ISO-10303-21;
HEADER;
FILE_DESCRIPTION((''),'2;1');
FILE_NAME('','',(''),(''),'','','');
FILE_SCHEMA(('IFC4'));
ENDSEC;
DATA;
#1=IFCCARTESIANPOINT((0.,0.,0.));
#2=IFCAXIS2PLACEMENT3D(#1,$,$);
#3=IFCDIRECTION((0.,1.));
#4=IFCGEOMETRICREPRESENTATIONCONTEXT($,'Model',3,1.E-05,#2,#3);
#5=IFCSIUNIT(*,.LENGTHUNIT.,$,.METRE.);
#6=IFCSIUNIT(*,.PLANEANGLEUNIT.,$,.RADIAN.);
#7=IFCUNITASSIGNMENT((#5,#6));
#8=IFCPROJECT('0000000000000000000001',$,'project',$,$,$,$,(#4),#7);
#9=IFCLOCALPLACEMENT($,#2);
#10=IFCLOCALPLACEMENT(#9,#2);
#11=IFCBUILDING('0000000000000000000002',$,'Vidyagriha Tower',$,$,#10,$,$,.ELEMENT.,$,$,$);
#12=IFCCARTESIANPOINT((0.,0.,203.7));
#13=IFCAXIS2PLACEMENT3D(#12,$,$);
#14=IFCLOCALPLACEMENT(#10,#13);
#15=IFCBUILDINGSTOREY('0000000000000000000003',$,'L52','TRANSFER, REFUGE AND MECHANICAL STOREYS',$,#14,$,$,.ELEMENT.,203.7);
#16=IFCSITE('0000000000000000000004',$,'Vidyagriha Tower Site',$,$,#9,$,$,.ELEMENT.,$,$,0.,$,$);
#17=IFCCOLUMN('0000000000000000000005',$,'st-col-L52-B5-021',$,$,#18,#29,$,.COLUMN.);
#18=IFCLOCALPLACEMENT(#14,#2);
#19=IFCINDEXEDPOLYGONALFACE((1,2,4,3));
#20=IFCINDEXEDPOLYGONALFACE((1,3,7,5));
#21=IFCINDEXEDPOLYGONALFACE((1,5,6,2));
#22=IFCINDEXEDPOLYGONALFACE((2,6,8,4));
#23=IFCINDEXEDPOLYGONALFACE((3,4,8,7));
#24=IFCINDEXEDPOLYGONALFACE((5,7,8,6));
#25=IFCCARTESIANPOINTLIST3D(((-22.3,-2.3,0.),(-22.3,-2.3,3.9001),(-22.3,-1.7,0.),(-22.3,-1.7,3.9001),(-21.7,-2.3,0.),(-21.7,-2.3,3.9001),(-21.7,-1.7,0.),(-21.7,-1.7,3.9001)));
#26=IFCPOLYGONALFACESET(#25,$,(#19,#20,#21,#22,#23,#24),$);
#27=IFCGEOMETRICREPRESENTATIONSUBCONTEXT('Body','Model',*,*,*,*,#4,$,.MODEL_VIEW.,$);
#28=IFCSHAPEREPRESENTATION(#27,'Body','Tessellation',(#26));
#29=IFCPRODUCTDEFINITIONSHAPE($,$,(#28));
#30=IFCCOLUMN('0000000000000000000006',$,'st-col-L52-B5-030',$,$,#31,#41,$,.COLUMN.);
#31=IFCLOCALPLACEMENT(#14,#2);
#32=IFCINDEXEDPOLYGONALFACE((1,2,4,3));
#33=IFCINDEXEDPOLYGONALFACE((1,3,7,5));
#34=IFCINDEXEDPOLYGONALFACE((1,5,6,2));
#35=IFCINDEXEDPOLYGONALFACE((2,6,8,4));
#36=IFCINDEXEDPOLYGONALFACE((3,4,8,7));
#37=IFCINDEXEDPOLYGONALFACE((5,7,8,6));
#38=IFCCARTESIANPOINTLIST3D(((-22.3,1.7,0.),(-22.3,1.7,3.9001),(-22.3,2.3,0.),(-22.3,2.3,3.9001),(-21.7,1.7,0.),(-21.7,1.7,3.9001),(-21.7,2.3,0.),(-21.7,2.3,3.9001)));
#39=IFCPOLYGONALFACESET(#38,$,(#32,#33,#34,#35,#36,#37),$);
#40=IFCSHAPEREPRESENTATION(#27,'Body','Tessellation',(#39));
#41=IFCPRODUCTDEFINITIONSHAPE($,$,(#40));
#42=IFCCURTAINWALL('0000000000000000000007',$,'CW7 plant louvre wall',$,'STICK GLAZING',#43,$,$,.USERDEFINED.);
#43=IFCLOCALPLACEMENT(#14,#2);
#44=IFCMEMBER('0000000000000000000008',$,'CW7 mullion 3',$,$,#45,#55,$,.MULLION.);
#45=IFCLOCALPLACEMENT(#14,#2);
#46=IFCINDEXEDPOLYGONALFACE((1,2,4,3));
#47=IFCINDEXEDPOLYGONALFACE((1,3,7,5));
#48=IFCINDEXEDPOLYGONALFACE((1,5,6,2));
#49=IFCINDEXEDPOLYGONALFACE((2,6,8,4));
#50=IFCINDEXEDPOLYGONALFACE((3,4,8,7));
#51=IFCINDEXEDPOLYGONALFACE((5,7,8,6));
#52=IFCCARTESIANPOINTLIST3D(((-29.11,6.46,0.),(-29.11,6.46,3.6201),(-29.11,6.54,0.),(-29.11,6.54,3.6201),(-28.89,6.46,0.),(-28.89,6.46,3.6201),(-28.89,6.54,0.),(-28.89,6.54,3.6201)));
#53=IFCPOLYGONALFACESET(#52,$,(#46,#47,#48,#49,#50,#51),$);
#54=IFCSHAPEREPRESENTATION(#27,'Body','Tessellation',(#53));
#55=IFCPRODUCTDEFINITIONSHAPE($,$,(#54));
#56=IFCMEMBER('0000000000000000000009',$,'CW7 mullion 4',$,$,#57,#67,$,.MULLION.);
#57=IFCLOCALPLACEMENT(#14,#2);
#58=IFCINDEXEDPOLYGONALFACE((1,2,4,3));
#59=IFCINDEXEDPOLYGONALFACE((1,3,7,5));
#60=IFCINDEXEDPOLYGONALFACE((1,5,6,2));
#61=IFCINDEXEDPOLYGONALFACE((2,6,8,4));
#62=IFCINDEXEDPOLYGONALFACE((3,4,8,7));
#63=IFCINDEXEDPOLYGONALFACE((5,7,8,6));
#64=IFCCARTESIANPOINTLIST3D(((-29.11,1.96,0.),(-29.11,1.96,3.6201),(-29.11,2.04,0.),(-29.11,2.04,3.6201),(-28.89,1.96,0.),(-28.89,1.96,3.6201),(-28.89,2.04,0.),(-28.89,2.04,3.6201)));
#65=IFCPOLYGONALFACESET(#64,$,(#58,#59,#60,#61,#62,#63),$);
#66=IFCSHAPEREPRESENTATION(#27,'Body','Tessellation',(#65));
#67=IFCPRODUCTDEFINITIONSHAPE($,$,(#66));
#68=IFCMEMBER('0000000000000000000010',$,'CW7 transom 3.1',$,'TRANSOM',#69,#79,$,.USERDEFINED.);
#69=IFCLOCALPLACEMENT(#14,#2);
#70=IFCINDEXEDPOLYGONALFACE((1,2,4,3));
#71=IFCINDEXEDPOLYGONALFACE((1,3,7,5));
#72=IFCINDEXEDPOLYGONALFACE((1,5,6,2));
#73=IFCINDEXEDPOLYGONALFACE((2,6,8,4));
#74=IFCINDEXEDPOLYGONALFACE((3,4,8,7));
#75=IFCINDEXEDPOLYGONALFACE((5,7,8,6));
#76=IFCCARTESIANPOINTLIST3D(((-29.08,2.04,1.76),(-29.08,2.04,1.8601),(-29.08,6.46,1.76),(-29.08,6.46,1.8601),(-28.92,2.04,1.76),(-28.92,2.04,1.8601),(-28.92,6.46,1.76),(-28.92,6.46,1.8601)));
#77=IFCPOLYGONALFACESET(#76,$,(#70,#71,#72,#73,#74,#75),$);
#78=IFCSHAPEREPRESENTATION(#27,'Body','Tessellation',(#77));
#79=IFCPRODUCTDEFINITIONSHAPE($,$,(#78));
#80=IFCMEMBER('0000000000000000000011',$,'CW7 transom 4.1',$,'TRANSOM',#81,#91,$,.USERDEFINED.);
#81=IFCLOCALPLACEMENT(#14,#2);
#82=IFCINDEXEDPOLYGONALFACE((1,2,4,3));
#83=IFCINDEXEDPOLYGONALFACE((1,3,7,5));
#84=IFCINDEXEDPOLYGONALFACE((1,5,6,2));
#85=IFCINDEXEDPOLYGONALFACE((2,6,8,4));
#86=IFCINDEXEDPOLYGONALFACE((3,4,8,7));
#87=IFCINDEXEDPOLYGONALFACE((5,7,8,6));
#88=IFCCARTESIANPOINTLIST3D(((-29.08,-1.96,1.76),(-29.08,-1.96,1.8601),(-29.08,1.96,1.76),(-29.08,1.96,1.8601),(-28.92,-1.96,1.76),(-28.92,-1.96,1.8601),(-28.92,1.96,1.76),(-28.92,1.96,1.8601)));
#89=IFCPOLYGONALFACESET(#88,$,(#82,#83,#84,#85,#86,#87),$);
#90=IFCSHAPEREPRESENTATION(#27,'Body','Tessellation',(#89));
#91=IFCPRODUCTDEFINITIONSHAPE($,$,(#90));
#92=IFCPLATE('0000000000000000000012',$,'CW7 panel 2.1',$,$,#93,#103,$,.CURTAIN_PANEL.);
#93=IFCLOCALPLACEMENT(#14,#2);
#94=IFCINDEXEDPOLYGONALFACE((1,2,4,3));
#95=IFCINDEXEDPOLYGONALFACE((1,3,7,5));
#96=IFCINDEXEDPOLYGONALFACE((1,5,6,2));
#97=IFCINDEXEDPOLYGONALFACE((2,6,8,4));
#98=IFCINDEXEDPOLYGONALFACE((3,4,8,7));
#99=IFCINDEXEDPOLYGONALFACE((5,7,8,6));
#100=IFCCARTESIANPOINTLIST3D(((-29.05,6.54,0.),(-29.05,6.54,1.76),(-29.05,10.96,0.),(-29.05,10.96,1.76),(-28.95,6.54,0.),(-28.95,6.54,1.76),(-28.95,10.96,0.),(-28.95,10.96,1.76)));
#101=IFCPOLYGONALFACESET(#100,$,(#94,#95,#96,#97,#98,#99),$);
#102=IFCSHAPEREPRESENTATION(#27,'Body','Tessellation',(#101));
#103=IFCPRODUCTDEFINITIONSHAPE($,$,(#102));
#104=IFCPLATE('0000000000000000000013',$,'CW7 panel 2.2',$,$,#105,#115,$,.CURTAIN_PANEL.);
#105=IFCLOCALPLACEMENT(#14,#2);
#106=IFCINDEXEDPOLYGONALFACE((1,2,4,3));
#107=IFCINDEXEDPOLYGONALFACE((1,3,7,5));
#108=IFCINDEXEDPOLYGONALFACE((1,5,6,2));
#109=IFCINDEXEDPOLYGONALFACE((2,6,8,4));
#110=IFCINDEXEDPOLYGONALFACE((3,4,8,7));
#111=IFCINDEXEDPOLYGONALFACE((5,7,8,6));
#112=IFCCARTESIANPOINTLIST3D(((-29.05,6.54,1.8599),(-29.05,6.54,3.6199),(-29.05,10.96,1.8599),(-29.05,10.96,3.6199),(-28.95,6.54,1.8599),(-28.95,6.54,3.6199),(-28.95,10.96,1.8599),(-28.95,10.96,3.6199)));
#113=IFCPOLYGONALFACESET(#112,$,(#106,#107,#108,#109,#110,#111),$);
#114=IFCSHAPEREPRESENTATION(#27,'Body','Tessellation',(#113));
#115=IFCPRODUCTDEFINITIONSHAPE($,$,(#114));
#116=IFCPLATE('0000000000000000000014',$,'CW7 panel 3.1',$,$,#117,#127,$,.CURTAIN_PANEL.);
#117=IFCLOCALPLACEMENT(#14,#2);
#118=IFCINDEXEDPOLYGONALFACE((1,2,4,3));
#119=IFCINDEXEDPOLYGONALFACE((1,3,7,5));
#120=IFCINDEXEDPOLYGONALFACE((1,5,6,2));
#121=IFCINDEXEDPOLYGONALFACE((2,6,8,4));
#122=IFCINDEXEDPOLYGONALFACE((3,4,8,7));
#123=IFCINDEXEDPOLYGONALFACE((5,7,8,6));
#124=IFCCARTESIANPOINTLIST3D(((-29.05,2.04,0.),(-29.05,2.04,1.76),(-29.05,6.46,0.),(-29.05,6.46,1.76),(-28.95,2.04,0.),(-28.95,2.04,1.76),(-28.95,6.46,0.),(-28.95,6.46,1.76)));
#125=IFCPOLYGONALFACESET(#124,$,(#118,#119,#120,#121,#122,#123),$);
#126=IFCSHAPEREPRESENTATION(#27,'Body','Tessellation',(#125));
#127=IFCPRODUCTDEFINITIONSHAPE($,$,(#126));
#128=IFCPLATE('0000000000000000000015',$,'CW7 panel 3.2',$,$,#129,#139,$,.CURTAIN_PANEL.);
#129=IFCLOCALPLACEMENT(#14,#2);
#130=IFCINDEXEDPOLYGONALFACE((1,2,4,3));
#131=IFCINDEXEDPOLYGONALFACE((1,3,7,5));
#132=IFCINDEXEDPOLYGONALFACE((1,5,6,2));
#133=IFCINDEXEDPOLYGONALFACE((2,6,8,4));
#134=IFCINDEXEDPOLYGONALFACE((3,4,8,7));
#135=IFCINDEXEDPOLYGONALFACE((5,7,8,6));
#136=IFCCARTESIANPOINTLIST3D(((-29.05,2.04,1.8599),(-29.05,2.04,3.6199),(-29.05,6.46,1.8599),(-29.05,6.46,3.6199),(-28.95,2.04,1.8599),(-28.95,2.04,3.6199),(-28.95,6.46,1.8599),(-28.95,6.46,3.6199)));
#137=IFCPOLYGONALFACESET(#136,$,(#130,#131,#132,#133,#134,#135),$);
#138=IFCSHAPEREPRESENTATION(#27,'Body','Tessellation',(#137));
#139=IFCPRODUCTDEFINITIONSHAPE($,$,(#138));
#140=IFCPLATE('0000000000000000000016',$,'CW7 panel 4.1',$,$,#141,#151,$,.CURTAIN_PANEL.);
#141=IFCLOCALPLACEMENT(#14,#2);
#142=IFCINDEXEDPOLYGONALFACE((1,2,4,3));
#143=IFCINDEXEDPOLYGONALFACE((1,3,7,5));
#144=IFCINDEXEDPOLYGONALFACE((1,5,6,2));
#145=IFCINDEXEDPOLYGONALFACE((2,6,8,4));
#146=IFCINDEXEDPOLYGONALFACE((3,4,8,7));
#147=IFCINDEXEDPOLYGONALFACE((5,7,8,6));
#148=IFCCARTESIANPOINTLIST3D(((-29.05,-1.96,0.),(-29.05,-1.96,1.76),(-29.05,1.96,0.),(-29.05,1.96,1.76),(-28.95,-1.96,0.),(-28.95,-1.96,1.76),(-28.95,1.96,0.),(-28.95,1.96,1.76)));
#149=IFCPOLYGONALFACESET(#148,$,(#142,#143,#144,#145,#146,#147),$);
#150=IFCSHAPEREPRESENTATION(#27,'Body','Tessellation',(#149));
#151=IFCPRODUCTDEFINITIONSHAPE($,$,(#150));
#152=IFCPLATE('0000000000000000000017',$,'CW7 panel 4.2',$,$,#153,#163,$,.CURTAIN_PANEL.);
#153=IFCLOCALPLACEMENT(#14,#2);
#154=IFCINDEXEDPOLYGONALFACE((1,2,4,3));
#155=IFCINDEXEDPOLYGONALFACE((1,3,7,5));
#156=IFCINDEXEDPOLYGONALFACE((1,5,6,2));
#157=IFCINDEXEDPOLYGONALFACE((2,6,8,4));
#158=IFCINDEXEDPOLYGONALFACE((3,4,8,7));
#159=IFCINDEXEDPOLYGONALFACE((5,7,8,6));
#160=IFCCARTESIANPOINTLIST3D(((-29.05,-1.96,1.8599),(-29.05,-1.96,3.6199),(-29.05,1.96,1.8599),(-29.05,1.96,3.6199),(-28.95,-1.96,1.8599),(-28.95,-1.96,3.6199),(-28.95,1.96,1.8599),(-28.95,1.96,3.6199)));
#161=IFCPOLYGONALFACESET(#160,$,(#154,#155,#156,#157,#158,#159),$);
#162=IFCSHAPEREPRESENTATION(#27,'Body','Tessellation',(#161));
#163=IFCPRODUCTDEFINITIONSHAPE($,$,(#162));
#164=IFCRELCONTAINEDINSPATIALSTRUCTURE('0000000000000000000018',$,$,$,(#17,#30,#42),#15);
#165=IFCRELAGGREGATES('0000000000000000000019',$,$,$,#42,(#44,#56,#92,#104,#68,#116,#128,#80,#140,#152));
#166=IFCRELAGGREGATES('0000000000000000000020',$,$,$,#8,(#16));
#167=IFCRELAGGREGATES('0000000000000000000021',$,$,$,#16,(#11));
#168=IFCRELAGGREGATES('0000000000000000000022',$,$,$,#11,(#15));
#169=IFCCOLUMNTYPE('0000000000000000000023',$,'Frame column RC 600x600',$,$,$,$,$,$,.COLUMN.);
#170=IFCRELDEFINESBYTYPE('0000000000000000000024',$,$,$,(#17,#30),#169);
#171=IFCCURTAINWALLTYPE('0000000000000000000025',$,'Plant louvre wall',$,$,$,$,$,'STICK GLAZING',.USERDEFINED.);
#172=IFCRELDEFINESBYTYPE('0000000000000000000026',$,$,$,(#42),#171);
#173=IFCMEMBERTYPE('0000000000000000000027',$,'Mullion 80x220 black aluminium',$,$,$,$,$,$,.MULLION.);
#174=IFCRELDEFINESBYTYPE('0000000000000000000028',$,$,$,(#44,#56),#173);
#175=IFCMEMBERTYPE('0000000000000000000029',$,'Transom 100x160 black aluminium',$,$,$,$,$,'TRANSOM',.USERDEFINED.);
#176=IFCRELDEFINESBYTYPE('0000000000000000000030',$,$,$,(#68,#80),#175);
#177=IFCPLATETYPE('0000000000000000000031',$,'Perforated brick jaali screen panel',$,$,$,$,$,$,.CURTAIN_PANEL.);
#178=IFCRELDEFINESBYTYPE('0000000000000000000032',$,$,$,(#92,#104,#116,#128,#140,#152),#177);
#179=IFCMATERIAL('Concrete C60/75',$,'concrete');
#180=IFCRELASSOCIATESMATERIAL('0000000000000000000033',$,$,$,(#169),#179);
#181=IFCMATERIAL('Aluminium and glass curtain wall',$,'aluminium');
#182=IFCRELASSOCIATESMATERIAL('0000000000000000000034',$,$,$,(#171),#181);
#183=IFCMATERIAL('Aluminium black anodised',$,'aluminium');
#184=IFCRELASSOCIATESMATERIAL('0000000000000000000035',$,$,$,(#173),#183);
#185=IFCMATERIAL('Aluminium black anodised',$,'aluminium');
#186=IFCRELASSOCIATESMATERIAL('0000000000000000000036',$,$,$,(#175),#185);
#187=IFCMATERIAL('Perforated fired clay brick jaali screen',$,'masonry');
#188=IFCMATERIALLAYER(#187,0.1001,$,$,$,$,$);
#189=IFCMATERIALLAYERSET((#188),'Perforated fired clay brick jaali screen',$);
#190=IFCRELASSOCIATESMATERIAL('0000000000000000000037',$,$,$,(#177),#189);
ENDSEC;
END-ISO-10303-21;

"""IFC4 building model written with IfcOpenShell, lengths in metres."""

from ifc_helpers import new_model, si_unit, direction, frame, origin, origin_2d, place, context, subcontext, project, spatial, rectangle, extrude, material, layer, layer_set, material_profile, profile_set, type_object, element, aggregate, save


model = new_model("IFC4")

# Units and contexts
model_context = context("Model", 3, precision=1e-05, world=origin(), true_north=direction((0.0, 1.0)))
body_context = subcontext(model_context, "Body", "Model", "MODEL_VIEW")
ifc_project = project(units=[si_unit("LENGTHUNIT", "METRE"), si_unit("PLANEANGLEUNIT", "RADIAN")], contexts=[model_context])

# Site, building, storey
site_placement = place(None, origin())
site = spatial("IfcSite", under=ifc_project, at=site_placement, Name="Vidyagriha Tower Site", CompositionType="ELEMENT", RefElevation=0.0)
building_placement = place(site_placement, origin())
building = spatial("IfcBuilding", under=site, at=building_placement, Name="Vidyagriha Tower", CompositionType="ELEMENT")
storey_placement = place(building_placement, frame((0.0, 0.0, 203.7)))
storey = spatial("IfcBuildingStorey", under=building, at=storey_placement, Name="L52", Description="TRANSFER, REFUGE AND MECHANICAL STOREYS", CompositionType="ELEMENT", Elevation=203.7)

# Columns
ifc_material_1 = material(Name="Concrete C60/75", Category="concrete")
ifc_material_profile_1 = material_profile(ifc_material_1, rectangle(XDim=0.6001, YDim=0.6001, at=origin_2d()), Name="RC 600x600")
ifc_profile_set_1 = profile_set([ifc_material_profile_1], Name="Concrete C60/75")
column_type = type_object("IfcColumnType", Name="Frame column RC 600x600", PredefinedType="COLUMN", material=ifc_profile_set_1)
for number, where, name in (
    (1, (-22.0, -2.0, 0.0), "st-col-L52-B5-021"),
    (2, (-22.0, 2.0, 0.0), "st-col-L52-B5-030"),
):
    element("IfcColumn", number, at=place(storey_placement, frame(where)), inside=storey, type_object=column_type, Name=name, PredefinedType="COLUMN", context=body_context, shape_type="SweptSolid", body=[
        extrude(rectangle(XDim=0.6001, YDim=0.6001, at=origin_2d()), origin(), (0.0, 0.0, 1.0), 3.9001),
    ])

# Curtain wall, members, plates
ifc_material_2 = material(Name="Aluminium and glass curtain wall", Category="aluminium")
curtain_wall_type = type_object("IfcCurtainWallType", Name="Plant louvre wall", ElementType="STICK GLAZING", PredefinedType="USERDEFINED", material=ifc_material_2)
curtain_wall_placement = place(storey_placement, origin())
curtain_wall = element("IfcCurtainWall", 3, at=curtain_wall_placement, inside=storey, type_object=curtain_wall_type, Name="CW7 plant louvre wall", ObjectType="STICK GLAZING", PredefinedType="USERDEFINED")
ifc_material_3 = material(Name="Aluminium black anodised", Category="aluminium")
ifc_material_profile_2 = material_profile(ifc_material_3, rectangle(XDim=0.22, YDim=0.0801, at=origin_2d()), Name="Mullion 80x220 black aluminium")
ifc_profile_set_2 = profile_set([ifc_material_profile_2], Name="Aluminium black anodised")
member_type_1 = type_object("IfcMemberType", Name="Mullion 80x220 black aluminium", PredefinedType="MULLION", material=ifc_profile_set_2)
member_1_placement = place(storey_placement, frame((-29.0, 6.5, 0.0)))
member_1 = element("IfcMember", 4, at=member_1_placement, type_object=member_type_1, Name="CW7 mullion 3", PredefinedType="MULLION", context=body_context, shape_type="SweptSolid", body=[
    extrude(rectangle(XDim=0.22, YDim=0.0801, at=origin_2d()), origin(), (0.0, 0.0, 1.0), 3.6201),
])
member_2_placement = place(storey_placement, frame((-29.0, 2.0, 0.0)))
member_2 = element("IfcMember", 5, at=member_2_placement, type_object=member_type_1, Name="CW7 mullion 4", PredefinedType="MULLION", context=body_context, shape_type="SweptSolid", body=[
    extrude(rectangle(XDim=0.22, YDim=0.0801, at=origin_2d()), origin(), (0.0, 0.0, 1.0), 3.6201),
])
ifc_material_4 = material(Name="Aluminium black anodised", Category="aluminium")
ifc_material_profile_3 = material_profile(ifc_material_4, rectangle(XDim=0.1599, YDim=0.1001, at=origin_2d()), Name="Transom 100x160 black aluminium")
ifc_profile_set_3 = profile_set([ifc_material_profile_3], Name="Aluminium black anodised")
member_type_2 = type_object("IfcMemberType", Name="Transom 100x160 black aluminium", ElementType="TRANSOM", PredefinedType="USERDEFINED", material=ifc_profile_set_3)
member_3_placement = place(storey_placement, frame((-29.0, 6.46, 1.8101), z_axis=(0.0, -1.0, 0.0), x_axis=(1.0, 0.0, 0.0)))
member_3 = element("IfcMember", 6, at=member_3_placement, type_object=member_type_2, Name="CW7 transom 3.1", ObjectType="TRANSOM", PredefinedType="USERDEFINED", context=body_context, shape_type="SweptSolid", body=[
    extrude(rectangle(XDim=0.1599, YDim=0.1001, at=origin_2d()), origin(), (0.0, 0.0, 1.0), 4.4199),
])
member_4_placement = place(storey_placement, frame((-29.0, 1.96, 1.8101), z_axis=(0.0, -1.0, 0.0), x_axis=(1.0, 0.0, 0.0)))
member_4 = element("IfcMember", 7, at=member_4_placement, type_object=member_type_2, Name="CW7 transom 4.1", ObjectType="TRANSOM", PredefinedType="USERDEFINED", context=body_context, shape_type="SweptSolid", body=[
    extrude(rectangle(XDim=0.1599, YDim=0.1001, at=origin_2d()), origin(), (0.0, 0.0, 1.0), 3.9199),
])
ifc_material_5 = material(Name="Perforated fired clay brick jaali screen", Category="masonry")
ifc_layer_1 = layer(ifc_material_5, 0.1001)
ifc_layer_set_1 = layer_set([ifc_layer_1], Name="Perforated fired clay brick jaali screen")
plate_type = type_object("IfcPlateType", Name="Perforated brick jaali screen panel", PredefinedType="CURTAIN_PANEL", material=ifc_layer_set_1)
plate_1_placement = place(storey_placement, frame((-29.0, 8.75, 0.0), z_axis=(0.0, 0.0, 1.0), x_axis=(0.0, -1.0, 0.0)))
plate_1 = element("IfcPlate", 8, at=plate_1_placement, type_object=plate_type, Name="CW7 panel 2.1", PredefinedType="CURTAIN_PANEL", context=body_context, shape_type="SweptSolid", body=[
    extrude(rectangle(XDim=4.4199, YDim=0.1001, at=origin_2d()), origin(), (0.0, 0.0, 1.0), 1.76),
])
plate_2_placement = place(storey_placement, frame((-29.0, 8.75, 1.8599), z_axis=(0.0, 0.0, 1.0), x_axis=(0.0, -1.0, 0.0)))
plate_2 = element("IfcPlate", 9, at=plate_2_placement, type_object=plate_type, Name="CW7 panel 2.2", PredefinedType="CURTAIN_PANEL", context=body_context, shape_type="SweptSolid", body=[
    extrude(rectangle(XDim=4.4199, YDim=0.1001, at=origin_2d()), origin(), (0.0, 0.0, 1.0), 1.76),
])
plate_3_placement = place(storey_placement, frame((-29.0, 4.25, 0.0), z_axis=(0.0, 0.0, 1.0), x_axis=(0.0, -1.0, 0.0)))
plate_3 = element("IfcPlate", 10, at=plate_3_placement, type_object=plate_type, Name="CW7 panel 3.1", PredefinedType="CURTAIN_PANEL", context=body_context, shape_type="SweptSolid", body=[
    extrude(rectangle(XDim=4.4199, YDim=0.1001, at=origin_2d()), origin(), (0.0, 0.0, 1.0), 1.76),
])
plate_4_placement = place(storey_placement, frame((-29.0, 4.25, 1.8599), z_axis=(0.0, 0.0, 1.0), x_axis=(0.0, -1.0, 0.0)))
plate_4 = element("IfcPlate", 11, at=plate_4_placement, type_object=plate_type, Name="CW7 panel 3.2", PredefinedType="CURTAIN_PANEL", context=body_context, shape_type="SweptSolid", body=[
    extrude(rectangle(XDim=4.4199, YDim=0.1001, at=origin_2d()), origin(), (0.0, 0.0, 1.0), 1.76),
])
plate_5_placement = place(storey_placement, frame((-29.0, 0.0, 0.0), z_axis=(0.0, 0.0, 1.0), x_axis=(0.0, -1.0, 0.0)))
plate_5 = element("IfcPlate", 12, at=plate_5_placement, type_object=plate_type, Name="CW7 panel 4.1", PredefinedType="CURTAIN_PANEL", context=body_context, shape_type="SweptSolid", body=[
    extrude(rectangle(XDim=3.9199, YDim=0.1001, at=origin_2d()), origin(), (0.0, 0.0, 1.0), 1.76),
])
plate_6_placement = place(storey_placement, frame((-29.0, 0.0, 1.8599), z_axis=(0.0, 0.0, 1.0), x_axis=(0.0, -1.0, 0.0)))
plate_6 = element("IfcPlate", 13, at=plate_6_placement, type_object=plate_type, Name="CW7 panel 4.2", PredefinedType="CURTAIN_PANEL", context=body_context, shape_type="SweptSolid", body=[
    extrude(rectangle(XDim=3.9199, YDim=0.1001, at=origin_2d()), origin(), (0.0, 0.0, 1.0), 1.76),
])
aggregate(curtain_wall, [member_1, member_2, plate_1, plate_2, member_3, plate_3, plate_4, member_4, plate_5, plate_6])

save(model, "model.ifc")
